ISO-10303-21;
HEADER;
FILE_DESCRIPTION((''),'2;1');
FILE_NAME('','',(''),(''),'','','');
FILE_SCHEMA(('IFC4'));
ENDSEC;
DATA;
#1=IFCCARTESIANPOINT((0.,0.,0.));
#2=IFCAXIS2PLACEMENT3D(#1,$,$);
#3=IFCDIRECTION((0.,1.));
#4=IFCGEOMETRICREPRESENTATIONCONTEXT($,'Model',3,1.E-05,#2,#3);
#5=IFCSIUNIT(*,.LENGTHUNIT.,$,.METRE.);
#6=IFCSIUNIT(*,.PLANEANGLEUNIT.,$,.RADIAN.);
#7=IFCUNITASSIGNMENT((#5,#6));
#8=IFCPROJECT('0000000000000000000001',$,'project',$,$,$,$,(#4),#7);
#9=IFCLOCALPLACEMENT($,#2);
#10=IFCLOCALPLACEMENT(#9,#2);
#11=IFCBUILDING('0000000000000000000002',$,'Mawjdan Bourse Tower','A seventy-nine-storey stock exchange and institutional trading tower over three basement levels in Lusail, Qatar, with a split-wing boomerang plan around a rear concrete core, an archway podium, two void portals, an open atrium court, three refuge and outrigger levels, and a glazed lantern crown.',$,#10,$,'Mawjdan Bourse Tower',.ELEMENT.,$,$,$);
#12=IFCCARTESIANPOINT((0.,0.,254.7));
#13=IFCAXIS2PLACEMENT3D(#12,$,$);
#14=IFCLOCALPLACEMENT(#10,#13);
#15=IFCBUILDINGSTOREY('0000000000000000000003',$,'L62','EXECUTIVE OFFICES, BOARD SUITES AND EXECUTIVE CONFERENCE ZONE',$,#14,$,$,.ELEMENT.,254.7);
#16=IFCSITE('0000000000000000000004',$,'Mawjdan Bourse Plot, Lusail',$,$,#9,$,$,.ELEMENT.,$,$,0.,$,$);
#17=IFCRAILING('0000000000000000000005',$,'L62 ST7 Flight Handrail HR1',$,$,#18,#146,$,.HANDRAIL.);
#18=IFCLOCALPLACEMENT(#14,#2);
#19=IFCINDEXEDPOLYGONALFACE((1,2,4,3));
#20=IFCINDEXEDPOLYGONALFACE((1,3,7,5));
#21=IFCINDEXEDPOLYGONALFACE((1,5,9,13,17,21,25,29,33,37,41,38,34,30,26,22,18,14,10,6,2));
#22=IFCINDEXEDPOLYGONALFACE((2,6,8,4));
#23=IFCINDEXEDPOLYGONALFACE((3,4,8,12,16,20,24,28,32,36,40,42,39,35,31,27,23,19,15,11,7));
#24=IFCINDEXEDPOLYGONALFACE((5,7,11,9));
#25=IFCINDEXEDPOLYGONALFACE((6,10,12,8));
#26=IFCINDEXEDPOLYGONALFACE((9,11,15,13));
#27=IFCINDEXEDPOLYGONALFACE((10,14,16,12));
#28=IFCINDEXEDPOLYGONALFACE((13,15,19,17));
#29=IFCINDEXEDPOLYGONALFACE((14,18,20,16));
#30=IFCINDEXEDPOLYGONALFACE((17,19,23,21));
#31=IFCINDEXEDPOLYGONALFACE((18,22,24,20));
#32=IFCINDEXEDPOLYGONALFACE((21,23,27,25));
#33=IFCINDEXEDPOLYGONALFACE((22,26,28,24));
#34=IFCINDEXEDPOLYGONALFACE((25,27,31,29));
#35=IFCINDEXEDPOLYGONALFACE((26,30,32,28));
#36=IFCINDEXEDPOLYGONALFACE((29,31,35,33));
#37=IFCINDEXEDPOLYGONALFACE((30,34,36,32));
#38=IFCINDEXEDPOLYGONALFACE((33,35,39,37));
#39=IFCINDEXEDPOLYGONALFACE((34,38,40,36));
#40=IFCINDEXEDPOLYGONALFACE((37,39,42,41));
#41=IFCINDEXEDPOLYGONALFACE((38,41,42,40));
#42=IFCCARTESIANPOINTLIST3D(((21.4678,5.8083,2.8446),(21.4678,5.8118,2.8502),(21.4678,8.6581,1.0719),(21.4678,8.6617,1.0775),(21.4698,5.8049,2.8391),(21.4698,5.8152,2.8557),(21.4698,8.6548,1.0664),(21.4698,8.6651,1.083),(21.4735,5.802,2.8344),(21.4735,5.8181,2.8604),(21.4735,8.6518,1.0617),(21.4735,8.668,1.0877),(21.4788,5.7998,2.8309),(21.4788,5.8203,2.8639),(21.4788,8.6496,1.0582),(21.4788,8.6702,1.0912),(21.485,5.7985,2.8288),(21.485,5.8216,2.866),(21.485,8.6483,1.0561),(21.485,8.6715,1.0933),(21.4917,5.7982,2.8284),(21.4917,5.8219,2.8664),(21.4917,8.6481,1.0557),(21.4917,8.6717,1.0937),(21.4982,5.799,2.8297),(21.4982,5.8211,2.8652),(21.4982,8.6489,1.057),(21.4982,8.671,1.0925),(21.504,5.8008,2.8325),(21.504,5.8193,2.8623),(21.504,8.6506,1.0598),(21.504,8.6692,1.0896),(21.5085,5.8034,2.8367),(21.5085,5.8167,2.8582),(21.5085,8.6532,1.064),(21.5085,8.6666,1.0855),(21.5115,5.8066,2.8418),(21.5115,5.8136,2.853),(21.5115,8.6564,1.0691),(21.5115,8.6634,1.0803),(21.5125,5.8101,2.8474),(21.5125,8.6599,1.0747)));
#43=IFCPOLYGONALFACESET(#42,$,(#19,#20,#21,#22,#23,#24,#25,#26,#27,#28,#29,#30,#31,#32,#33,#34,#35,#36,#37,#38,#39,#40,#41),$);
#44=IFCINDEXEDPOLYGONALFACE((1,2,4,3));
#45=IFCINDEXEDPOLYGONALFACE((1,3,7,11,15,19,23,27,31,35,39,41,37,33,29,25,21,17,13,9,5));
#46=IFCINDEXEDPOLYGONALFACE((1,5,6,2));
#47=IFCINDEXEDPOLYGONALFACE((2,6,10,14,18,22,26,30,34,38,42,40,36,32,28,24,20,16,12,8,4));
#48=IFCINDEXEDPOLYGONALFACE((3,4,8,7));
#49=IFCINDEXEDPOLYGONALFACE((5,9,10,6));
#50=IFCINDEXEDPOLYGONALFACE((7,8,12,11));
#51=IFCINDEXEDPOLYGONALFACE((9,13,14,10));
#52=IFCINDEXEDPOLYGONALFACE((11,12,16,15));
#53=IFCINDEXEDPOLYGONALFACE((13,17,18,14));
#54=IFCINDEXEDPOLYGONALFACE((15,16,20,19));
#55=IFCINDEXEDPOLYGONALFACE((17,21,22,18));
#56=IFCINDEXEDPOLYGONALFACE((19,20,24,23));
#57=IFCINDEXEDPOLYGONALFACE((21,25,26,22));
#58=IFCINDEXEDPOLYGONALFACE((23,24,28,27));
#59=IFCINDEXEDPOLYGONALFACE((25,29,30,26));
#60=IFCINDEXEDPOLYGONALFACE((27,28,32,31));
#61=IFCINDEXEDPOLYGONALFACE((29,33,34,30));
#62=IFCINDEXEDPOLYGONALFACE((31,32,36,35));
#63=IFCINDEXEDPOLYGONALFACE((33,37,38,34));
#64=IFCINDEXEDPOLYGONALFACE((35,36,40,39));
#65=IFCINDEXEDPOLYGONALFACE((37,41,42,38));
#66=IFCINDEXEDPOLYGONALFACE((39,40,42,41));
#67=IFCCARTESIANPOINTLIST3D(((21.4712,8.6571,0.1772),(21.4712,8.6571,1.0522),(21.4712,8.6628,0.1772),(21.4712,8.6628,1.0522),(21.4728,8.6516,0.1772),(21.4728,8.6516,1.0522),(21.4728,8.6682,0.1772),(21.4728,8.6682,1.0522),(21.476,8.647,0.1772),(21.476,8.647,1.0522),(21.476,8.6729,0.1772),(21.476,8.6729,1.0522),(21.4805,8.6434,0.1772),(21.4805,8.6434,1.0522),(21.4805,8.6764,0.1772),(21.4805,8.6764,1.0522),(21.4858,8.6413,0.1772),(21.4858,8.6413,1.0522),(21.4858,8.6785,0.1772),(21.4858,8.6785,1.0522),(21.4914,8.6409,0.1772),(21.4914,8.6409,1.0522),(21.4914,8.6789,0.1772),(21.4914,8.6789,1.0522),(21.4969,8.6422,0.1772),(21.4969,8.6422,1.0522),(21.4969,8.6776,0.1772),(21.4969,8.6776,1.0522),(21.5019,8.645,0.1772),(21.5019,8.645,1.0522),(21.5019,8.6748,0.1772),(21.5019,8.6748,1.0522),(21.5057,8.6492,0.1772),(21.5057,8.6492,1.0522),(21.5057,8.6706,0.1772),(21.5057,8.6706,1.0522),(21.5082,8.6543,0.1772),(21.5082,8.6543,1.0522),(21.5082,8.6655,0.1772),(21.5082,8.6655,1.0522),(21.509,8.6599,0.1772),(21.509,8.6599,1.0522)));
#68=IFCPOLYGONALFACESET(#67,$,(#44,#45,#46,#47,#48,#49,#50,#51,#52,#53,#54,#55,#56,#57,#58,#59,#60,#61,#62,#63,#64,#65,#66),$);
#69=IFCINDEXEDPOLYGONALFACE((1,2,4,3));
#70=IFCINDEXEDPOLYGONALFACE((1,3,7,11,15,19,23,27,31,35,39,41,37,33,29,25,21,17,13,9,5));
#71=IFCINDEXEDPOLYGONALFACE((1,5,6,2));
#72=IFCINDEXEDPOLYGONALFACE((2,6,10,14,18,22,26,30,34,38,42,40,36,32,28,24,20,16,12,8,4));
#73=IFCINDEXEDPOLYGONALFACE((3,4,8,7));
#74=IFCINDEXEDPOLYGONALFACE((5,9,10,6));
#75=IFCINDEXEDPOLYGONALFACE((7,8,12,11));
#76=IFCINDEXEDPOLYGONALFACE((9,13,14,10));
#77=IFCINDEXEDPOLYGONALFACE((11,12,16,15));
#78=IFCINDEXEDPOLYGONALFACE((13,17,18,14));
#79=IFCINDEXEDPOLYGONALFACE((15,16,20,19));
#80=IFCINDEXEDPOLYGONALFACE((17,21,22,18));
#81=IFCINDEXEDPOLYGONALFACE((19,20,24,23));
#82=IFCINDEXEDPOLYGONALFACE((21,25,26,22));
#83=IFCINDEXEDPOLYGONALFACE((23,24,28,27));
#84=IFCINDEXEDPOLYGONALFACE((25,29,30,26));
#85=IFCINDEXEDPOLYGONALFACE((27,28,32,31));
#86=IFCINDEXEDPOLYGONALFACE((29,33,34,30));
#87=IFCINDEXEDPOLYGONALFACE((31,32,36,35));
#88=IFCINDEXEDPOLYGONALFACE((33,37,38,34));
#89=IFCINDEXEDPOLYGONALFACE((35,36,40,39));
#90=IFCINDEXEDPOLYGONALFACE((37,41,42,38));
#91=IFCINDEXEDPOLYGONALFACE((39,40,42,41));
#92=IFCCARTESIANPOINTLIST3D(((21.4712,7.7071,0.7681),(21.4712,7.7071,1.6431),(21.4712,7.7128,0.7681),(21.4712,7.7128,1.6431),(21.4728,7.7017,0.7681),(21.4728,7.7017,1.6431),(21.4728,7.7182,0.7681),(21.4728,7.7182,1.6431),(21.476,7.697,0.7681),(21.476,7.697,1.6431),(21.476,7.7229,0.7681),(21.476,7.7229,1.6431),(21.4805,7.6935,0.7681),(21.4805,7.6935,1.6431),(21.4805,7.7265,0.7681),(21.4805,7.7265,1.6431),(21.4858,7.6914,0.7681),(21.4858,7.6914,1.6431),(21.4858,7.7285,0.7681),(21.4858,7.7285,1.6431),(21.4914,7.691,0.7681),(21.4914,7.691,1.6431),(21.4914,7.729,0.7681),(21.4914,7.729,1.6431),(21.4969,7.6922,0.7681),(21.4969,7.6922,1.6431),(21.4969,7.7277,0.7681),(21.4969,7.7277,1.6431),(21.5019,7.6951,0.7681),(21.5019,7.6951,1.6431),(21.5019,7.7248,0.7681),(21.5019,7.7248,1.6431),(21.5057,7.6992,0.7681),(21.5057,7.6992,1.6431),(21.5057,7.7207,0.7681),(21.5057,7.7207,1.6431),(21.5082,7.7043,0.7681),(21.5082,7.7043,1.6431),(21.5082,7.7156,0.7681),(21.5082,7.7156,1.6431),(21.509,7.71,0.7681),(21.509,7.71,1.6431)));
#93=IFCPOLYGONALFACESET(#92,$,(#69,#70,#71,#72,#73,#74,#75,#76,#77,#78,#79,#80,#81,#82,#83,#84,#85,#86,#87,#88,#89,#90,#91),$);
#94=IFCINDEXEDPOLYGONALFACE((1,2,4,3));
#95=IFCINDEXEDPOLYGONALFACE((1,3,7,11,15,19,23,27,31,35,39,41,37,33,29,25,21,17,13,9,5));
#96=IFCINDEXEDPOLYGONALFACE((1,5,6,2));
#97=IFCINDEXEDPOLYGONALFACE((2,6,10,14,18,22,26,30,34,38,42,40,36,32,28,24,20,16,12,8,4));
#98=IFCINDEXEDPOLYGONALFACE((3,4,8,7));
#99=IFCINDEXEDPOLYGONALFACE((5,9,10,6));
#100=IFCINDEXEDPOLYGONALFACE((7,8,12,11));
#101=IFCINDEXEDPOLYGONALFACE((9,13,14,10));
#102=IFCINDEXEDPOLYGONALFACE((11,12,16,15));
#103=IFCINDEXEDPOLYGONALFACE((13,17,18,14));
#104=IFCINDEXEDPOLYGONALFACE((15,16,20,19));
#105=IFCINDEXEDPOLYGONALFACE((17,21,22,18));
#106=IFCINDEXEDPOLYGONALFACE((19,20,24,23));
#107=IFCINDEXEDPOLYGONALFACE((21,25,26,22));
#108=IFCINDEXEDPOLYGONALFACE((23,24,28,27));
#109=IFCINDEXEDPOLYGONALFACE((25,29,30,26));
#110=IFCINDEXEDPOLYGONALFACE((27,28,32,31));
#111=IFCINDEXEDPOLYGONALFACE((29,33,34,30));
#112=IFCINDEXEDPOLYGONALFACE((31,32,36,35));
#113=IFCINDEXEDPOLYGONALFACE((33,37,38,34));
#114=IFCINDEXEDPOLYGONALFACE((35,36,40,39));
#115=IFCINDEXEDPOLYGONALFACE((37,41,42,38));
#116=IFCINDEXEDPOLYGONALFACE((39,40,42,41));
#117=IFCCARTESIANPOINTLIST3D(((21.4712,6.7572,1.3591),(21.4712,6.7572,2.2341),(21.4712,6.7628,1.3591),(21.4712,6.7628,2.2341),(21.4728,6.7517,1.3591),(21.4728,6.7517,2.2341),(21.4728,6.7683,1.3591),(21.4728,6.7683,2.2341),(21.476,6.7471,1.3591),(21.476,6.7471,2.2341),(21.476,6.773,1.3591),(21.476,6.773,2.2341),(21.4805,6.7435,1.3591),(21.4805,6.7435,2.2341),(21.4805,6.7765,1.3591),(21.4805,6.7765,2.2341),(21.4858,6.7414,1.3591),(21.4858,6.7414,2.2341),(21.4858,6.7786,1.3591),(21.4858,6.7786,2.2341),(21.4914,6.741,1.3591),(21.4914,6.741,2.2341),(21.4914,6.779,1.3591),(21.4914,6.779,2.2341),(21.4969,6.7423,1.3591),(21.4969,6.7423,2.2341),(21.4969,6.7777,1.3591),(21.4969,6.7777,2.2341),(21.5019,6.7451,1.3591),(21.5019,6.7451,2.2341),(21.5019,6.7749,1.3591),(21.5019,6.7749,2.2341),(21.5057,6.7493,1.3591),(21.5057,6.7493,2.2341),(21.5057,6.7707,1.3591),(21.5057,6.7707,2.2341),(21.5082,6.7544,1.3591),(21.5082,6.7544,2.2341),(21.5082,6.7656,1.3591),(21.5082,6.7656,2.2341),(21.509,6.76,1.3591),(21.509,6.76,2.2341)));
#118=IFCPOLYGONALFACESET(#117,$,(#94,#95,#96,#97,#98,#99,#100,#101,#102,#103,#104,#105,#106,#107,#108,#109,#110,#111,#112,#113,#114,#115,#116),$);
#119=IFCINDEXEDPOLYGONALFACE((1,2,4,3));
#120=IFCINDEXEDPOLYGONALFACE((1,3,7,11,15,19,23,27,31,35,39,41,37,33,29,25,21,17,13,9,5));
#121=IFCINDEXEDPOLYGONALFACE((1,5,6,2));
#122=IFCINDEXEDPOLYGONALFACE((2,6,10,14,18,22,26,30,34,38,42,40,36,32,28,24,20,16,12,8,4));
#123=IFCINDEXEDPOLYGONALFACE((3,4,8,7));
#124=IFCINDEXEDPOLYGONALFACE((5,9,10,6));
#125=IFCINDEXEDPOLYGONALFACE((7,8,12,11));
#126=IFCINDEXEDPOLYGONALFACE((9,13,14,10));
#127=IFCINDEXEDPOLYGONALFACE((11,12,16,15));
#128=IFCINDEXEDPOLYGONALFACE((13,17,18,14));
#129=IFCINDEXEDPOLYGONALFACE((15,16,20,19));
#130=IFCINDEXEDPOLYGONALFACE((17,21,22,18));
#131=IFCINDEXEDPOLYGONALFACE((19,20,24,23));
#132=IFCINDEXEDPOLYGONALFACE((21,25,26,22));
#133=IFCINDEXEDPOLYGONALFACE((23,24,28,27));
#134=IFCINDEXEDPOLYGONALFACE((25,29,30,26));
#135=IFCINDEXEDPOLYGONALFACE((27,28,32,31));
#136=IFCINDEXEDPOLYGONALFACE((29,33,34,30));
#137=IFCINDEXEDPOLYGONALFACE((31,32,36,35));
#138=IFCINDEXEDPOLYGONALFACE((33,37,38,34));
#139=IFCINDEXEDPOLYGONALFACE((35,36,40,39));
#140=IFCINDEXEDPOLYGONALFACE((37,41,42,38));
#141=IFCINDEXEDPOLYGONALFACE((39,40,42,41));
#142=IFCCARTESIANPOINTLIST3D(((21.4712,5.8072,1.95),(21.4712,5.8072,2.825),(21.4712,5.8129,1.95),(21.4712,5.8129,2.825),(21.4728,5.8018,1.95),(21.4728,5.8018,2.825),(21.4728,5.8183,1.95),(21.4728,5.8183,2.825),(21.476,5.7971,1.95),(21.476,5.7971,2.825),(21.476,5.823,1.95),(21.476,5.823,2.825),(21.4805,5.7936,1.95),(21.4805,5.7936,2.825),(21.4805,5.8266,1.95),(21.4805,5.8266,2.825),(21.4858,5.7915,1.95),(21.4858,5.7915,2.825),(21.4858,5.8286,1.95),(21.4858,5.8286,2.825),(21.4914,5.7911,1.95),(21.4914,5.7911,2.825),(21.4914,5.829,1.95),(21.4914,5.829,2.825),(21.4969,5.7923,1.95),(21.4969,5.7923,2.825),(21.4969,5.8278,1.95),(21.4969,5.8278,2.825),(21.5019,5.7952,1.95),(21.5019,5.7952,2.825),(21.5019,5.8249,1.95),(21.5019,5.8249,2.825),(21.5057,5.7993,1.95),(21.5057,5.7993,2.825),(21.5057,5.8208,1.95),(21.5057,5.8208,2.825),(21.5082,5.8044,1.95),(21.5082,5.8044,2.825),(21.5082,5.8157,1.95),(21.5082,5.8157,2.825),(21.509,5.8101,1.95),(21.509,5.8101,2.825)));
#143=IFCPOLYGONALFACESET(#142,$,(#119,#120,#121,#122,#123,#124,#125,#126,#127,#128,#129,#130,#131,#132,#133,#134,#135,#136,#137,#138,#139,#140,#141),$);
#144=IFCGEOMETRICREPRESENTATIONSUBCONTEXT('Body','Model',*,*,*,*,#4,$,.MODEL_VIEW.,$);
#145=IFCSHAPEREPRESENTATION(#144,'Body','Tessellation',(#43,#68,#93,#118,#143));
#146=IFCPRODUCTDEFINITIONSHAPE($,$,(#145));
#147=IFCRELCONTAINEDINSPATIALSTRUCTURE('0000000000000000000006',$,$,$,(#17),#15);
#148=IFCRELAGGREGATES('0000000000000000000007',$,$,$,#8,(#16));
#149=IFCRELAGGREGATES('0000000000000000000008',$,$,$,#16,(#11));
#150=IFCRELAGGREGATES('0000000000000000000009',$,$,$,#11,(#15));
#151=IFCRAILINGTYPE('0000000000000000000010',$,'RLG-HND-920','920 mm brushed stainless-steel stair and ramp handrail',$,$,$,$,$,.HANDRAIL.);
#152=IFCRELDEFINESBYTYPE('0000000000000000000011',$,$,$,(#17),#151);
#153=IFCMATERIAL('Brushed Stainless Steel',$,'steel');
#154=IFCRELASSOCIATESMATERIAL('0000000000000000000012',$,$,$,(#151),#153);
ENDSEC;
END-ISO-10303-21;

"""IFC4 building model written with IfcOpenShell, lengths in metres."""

from ifc_helpers import new_model, si_unit, direction, frame, origin, origin_2d, place, context, subcontext, project, spatial, circle, extrude, material, type_object, element, save


model = new_model("IFC4")

# Units and contexts
model_context = context("Model", 3, precision=1e-05, world=origin(), true_north=direction((0.0, 1.0)))
body_context = subcontext(model_context, "Body", "Model", "MODEL_VIEW")
ifc_project = project(units=[si_unit("LENGTHUNIT", "METRE"), si_unit("PLANEANGLEUNIT", "RADIAN")], contexts=[model_context])

# Site, building, storey
site_placement = place(None, origin())
site = spatial("IfcSite", under=ifc_project, at=site_placement, Name="Mawjdan Bourse Plot, Lusail", CompositionType="ELEMENT", RefElevation=0.0)
building_placement = place(site_placement, origin())
building = spatial("IfcBuilding", under=site, at=building_placement, Name="Mawjdan Bourse Tower", Description="A seventy-nine-storey stock exchange and institutional trading tower over three basement levels in Lusail, Qatar, with a split-wing boomerang plan around a rear concrete core, an archway podium, two void portals, an open atrium court, three refuge and outrigger levels, and a glazed lantern crown.", LongName="Mawjdan Bourse Tower", CompositionType="ELEMENT")
storey_placement = place(building_placement, frame((0.0, 0.0, 254.7)))
storey = spatial("IfcBuildingStorey", under=building, at=storey_placement, Name="L62", Description="EXECUTIVE OFFICES, BOARD SUITES AND EXECUTIVE CONFERENCE ZONE", CompositionType="ELEMENT", Elevation=254.7)

# Railing
ifc_material_1 = material(Name="Brushed Stainless Steel", Category="steel")
railing_type_1 = type_object("IfcRailingType", Name="RLG-HND-920", Description="920 mm brushed stainless-steel stair and ramp handrail", PredefinedType="HANDRAIL", material=ifc_material_1)
railing_1_placement = place(storey_placement, frame((21.49, 8.6599, 0.1772)))
element("IfcRailing", 1, at=railing_1_placement, inside=storey, type_object=railing_type_1, Name="L62 ST7 Flight Handrail HR1", PredefinedType="HANDRAIL", context=body_context, shape_type="SweptSolid", body=[
    extrude(circle(Radius=0.0225, at=origin_2d()), frame((0.0, 0.0, 0.8975), z_axis=(0.0, -0.849128, 0.528187), x_axis=(1.0, 0.0, 0.0)), (0.0, 0.0, 1.0), 3.3562),
    extrude(circle(Radius=0.019, at=origin_2d()), origin(), (0.0, 0.0, 1.0), 0.875),
    extrude(circle(Radius=0.019, at=origin_2d()), frame((0.0, -0.95, 0.5908)), (0.0, 0.0, 1.0), 0.875),
    extrude(circle(Radius=0.019, at=origin_2d()), frame((0.0, -1.8999, 1.1819)), (0.0, 0.0, 1.0), 0.875),
    extrude(circle(Radius=0.019, at=origin_2d()), frame((0.0, -2.8499, 1.7727)), (0.0, 0.0, 1.0), 0.875),
])

save(model, "model.ifc")
